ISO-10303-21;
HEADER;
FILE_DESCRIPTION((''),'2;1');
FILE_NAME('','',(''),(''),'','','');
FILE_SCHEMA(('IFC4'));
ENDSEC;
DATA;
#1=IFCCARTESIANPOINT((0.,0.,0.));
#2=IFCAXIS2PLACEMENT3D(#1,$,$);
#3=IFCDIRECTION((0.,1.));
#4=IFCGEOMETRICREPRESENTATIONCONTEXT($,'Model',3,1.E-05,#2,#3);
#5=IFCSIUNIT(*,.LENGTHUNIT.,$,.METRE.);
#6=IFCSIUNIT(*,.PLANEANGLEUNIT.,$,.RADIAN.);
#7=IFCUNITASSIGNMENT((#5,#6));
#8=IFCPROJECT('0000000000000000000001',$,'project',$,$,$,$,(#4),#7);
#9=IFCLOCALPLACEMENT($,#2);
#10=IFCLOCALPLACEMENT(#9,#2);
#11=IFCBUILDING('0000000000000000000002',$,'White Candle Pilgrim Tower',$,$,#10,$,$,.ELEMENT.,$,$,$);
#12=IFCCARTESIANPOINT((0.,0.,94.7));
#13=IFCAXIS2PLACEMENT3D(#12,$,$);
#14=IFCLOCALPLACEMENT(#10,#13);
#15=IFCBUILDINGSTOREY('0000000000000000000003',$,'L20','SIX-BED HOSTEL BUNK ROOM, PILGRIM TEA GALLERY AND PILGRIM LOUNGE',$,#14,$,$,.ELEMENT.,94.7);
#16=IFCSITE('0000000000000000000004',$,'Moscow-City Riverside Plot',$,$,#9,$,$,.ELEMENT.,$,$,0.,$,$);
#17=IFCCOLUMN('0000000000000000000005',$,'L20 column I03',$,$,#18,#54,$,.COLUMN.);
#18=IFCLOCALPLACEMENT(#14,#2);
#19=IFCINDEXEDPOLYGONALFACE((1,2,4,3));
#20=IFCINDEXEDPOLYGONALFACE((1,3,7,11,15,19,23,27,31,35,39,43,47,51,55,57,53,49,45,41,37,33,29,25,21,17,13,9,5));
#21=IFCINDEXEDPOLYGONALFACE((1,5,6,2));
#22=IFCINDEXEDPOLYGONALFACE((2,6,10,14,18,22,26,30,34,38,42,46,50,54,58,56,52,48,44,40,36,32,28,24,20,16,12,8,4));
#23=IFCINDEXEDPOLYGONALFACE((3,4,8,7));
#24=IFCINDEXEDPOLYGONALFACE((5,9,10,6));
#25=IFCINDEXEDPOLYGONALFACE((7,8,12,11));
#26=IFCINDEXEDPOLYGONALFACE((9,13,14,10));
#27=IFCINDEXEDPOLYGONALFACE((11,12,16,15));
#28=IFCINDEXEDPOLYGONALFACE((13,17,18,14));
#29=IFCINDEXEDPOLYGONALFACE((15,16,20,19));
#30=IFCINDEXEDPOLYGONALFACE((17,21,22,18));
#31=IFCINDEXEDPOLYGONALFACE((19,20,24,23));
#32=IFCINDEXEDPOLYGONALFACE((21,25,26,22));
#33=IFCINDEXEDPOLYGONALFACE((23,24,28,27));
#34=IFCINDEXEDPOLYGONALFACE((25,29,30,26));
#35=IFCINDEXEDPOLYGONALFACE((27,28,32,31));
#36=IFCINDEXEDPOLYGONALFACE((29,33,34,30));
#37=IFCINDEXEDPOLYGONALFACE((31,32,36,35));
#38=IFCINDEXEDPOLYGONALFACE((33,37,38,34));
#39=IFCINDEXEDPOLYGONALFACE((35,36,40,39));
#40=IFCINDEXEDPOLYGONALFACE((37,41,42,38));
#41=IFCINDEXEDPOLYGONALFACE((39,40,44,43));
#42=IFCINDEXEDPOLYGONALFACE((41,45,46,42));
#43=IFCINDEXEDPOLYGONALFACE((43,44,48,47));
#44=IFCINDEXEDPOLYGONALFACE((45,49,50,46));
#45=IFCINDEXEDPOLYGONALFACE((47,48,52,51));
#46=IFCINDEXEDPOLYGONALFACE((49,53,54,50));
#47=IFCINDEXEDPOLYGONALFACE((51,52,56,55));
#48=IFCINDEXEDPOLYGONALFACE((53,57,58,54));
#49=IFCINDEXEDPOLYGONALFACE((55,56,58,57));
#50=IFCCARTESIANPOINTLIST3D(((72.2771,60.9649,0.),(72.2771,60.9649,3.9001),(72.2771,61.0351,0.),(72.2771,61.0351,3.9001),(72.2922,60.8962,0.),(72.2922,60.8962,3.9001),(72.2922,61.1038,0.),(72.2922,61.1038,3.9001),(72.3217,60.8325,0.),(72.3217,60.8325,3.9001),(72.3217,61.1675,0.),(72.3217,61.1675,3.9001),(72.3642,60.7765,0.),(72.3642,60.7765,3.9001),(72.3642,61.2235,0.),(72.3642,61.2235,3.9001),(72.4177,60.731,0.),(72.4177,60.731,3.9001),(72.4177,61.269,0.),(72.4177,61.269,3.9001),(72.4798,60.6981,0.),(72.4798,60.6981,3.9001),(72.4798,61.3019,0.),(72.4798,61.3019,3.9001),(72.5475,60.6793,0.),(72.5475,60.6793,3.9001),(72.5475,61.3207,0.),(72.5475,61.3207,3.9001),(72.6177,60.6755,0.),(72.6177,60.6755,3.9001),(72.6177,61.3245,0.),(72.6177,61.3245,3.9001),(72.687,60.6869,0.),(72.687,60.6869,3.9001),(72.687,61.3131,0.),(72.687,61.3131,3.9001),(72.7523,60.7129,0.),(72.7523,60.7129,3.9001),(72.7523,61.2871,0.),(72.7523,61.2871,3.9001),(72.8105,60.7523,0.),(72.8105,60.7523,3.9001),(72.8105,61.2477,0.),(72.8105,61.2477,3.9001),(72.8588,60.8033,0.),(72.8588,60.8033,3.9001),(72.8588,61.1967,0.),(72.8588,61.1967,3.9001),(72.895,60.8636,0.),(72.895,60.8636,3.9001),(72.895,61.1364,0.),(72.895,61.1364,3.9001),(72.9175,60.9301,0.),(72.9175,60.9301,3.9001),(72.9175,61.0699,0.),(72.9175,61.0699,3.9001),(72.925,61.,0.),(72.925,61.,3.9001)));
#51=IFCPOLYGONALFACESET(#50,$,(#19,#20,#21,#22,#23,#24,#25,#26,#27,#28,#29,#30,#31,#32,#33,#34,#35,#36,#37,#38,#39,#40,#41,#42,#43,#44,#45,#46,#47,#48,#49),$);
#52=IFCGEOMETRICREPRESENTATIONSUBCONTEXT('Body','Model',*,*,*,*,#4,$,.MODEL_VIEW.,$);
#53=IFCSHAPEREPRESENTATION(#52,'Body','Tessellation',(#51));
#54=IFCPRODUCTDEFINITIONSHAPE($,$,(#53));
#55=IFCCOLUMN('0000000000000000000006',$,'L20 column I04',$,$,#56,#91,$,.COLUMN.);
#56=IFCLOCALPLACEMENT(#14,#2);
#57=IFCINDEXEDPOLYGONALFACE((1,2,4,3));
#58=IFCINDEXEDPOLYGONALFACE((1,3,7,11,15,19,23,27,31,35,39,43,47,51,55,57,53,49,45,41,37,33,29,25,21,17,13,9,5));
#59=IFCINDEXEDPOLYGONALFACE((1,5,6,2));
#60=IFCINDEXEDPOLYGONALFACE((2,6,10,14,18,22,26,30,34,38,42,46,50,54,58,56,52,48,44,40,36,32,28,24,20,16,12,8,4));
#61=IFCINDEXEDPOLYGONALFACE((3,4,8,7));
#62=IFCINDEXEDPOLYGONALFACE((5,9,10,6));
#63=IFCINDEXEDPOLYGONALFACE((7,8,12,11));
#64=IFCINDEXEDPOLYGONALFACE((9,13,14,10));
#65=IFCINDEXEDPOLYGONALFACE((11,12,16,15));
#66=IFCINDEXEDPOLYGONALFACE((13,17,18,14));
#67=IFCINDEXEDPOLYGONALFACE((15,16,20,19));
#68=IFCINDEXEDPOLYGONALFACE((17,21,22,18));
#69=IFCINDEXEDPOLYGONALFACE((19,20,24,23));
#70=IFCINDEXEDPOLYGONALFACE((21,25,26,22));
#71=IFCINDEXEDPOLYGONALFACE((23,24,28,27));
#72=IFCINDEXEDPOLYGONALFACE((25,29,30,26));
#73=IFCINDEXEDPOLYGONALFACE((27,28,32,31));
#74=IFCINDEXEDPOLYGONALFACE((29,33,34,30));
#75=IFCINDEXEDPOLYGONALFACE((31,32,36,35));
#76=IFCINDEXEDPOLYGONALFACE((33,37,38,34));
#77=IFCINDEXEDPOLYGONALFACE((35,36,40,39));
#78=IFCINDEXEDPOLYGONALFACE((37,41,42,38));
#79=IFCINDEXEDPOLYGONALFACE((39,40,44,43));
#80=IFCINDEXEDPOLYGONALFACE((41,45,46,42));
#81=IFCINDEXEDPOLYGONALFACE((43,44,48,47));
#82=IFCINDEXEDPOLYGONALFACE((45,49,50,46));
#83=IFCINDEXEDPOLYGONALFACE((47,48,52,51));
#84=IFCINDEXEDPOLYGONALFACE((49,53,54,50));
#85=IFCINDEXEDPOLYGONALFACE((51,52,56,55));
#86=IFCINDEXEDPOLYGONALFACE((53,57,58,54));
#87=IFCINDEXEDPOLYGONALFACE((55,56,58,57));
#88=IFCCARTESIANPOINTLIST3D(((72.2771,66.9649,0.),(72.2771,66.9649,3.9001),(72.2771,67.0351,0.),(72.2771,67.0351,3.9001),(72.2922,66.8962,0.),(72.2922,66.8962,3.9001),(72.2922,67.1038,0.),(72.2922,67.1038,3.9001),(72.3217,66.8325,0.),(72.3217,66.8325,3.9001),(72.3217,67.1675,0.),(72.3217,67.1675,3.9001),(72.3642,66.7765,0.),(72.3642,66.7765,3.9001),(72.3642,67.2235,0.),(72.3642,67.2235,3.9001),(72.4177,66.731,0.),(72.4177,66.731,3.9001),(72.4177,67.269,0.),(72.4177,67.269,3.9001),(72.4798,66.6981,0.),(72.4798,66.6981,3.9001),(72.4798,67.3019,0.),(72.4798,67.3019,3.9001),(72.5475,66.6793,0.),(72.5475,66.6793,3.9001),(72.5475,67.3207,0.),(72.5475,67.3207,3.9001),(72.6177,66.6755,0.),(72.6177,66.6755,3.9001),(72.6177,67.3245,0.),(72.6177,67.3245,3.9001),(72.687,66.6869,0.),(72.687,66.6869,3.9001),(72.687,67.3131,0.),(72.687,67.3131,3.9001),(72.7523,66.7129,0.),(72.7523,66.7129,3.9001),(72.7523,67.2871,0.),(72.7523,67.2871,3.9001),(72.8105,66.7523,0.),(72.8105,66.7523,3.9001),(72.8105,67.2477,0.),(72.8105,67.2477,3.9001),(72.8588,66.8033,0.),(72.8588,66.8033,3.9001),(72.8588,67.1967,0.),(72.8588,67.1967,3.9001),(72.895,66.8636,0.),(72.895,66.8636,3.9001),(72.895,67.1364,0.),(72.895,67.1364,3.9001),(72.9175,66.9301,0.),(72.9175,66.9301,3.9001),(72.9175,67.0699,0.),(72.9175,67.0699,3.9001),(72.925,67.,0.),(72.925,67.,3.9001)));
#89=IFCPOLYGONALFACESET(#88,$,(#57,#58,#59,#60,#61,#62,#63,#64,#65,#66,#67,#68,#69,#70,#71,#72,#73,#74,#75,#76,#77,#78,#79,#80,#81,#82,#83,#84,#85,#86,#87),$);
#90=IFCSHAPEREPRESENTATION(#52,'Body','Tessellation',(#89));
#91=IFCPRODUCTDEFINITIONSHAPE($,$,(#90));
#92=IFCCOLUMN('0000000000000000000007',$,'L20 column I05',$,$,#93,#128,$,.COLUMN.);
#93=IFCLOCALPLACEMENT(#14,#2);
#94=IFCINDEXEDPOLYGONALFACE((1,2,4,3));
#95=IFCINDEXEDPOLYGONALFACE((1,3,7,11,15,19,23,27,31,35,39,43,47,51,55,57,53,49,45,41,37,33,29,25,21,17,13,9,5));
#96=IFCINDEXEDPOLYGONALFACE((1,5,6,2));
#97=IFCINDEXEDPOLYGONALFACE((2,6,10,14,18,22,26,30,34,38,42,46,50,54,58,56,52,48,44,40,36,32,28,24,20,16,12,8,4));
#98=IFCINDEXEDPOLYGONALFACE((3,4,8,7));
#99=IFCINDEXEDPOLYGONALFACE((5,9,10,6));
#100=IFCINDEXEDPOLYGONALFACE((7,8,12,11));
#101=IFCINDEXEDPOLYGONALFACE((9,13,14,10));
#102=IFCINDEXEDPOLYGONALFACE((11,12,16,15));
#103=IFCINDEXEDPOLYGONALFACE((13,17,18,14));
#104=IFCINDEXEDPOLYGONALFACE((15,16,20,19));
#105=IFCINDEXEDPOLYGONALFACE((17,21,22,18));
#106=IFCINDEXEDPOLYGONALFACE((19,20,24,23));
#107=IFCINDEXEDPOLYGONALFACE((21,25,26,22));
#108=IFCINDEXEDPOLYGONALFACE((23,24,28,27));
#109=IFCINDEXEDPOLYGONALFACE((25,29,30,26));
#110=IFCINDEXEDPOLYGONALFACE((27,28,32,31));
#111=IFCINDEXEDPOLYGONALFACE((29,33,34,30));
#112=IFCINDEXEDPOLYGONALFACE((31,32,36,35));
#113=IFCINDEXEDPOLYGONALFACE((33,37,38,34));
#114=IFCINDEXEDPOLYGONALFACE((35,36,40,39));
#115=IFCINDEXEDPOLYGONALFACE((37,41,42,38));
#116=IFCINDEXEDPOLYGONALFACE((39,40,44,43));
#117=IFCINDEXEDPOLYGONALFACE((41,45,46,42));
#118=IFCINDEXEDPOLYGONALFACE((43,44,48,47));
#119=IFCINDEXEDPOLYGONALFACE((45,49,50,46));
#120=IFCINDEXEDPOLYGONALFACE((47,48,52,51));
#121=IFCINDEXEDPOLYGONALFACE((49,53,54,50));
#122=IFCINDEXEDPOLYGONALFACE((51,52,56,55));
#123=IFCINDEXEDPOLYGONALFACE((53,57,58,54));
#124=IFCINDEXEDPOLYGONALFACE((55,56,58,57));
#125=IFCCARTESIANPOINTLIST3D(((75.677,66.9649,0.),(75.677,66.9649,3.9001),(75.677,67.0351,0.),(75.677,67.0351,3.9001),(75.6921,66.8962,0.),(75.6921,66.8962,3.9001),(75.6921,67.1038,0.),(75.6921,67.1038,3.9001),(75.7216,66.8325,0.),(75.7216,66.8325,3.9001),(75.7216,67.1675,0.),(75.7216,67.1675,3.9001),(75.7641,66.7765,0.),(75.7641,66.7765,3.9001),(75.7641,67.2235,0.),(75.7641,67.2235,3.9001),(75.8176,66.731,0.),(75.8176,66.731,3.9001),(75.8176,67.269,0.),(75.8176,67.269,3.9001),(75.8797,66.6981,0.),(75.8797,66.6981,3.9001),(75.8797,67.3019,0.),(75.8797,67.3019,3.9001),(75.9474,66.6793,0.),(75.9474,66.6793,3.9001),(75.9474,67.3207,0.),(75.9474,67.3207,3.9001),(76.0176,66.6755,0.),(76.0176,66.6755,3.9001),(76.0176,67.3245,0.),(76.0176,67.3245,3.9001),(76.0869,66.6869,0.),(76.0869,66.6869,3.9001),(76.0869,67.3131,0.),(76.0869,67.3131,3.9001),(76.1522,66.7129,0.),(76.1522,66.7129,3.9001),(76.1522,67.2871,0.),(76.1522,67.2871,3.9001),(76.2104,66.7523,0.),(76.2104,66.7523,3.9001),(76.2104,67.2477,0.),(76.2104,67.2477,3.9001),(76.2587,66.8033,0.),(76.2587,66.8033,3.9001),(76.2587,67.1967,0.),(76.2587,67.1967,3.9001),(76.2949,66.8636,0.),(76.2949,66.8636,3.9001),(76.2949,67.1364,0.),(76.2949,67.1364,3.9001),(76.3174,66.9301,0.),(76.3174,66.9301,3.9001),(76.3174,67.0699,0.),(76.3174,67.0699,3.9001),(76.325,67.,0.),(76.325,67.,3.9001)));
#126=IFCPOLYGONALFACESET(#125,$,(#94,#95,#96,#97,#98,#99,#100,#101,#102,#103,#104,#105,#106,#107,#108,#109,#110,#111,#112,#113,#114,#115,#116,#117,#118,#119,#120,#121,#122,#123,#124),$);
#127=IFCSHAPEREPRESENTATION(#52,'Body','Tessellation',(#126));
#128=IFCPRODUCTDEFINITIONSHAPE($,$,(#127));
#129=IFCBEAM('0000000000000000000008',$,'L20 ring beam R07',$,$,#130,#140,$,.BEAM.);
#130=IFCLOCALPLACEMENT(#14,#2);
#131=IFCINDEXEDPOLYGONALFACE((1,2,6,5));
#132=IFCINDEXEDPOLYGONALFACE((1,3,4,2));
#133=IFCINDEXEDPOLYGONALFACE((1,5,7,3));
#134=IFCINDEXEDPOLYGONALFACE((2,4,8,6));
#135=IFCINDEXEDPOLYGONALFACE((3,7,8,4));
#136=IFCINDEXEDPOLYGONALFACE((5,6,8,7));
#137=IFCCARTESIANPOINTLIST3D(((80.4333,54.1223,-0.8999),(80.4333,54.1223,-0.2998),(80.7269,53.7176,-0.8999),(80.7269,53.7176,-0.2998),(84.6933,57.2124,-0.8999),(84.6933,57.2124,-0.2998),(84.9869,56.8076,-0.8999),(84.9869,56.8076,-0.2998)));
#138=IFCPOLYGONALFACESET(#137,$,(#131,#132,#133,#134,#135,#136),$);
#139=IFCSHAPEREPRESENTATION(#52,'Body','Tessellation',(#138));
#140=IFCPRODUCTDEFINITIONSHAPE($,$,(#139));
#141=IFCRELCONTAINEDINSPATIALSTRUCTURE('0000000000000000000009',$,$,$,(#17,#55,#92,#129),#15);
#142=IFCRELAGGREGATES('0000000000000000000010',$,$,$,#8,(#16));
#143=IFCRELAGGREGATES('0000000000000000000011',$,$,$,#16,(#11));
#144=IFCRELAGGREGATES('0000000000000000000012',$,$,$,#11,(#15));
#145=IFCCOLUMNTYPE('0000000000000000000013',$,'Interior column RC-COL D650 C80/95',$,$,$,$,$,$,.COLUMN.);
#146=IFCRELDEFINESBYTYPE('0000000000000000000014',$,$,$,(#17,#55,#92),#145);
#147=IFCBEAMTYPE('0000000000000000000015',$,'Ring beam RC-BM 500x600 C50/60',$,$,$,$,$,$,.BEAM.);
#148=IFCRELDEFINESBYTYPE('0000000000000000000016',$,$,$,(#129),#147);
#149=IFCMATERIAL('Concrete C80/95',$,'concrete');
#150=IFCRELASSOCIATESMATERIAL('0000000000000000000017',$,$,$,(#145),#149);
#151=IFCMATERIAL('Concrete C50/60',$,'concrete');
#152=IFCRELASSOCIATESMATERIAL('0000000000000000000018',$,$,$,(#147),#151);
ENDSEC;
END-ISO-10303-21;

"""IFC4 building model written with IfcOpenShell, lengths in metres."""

from ifc_helpers import new_model, si_unit, direction, frame, origin, origin_2d, place, context, subcontext, project, spatial, rectangle, circle, extrude, material, material_profile, profile_set, type_object, element, save


model = new_model("IFC4")

# Units and contexts
model_context = context("Model", 3, precision=1e-05, world=origin(), true_north=direction((0.0, 1.0)))
body_context = subcontext(model_context, "Body", "Model", "MODEL_VIEW")
ifc_project = project(units=[si_unit("LENGTHUNIT", "METRE"), si_unit("PLANEANGLEUNIT", "RADIAN")], contexts=[model_context])

# Site, building, storey
site_placement = place(None, origin())
site = spatial("IfcSite", under=ifc_project, at=site_placement, Name="Moscow-City Riverside Plot", CompositionType="ELEMENT", RefElevation=0.0)
building_placement = place(site_placement, origin())
building = spatial("IfcBuilding", under=site, at=building_placement, Name="White Candle Pilgrim Tower", CompositionType="ELEMENT")
storey_placement = place(building_placement, frame((0.0, 0.0, 94.7)))
storey = spatial("IfcBuildingStorey", under=building, at=storey_placement, Name="L20", Description="SIX-BED HOSTEL BUNK ROOM, PILGRIM TEA GALLERY AND PILGRIM LOUNGE", CompositionType="ELEMENT", Elevation=94.7)

# Columns
ifc_material_1 = material(Name="Concrete C80/95", Category="concrete")
ifc_material_profile_1 = material_profile(ifc_material_1, circle(Radius=0.325, at=origin_2d()), Name="RC-COL D650")
ifc_profile_set_1 = profile_set([ifc_material_profile_1], Name="Concrete C80/95")
column_type = type_object("IfcColumnType", Name="Interior column RC-COL D650 C80/95", PredefinedType="COLUMN", material=ifc_profile_set_1)
for number, where, z_axis, x_axis, name in (
    (1, (72.6001, 61.0, 0.0), (0.0, 0.0, 1.0), (1.0, 0.0, 0.0), "L20 column I03"),
    (2, (72.6001, 67.0, 0.0), (0.0, 0.0, 1.0), (1.0, 0.0, 0.0), "L20 column I04"),
    (3, (76.0, 67.0, 0.0), (0.0, 0.0, 1.0), (1.0, 0.0, 0.0), "L20 column I05"),
):
    element("IfcColumn", number, at=place(storey_placement, frame(where, z_axis=z_axis, x_axis=x_axis)), inside=storey, type_object=column_type, Name=name, PredefinedType="COLUMN", context=body_context, shape_type="SweptSolid", body=[
        extrude(circle(Radius=0.325, at=origin_2d()), origin(), (0.0, 0.0, 1.0), 3.9001),
    ])

# Beam
ifc_material_2 = material(Name="Concrete C50/60", Category="concrete")
ifc_material_profile_2 = material_profile(ifc_material_2, rectangle(XDim=0.5, YDim=0.6001, at=origin_2d()), Name="RC-BM 500x600")
ifc_profile_set_2 = profile_set([ifc_material_profile_2], Name="Concrete C50/60")
beam_type = type_object("IfcBeamType", Name="Ring beam RC-BM 500x600 C50/60", PredefinedType="BEAM", material=ifc_profile_set_2)
beam_placement = place(storey_placement, frame((80.5801, 53.9199, -0.5999), z_axis=(0.809468, 0.587164, 0.0), x_axis=(-0.587164, 0.809468, 0.0)))
element("IfcBeam", 4, at=beam_placement, inside=storey, type_object=beam_type, Name="L20 ring beam R07", PredefinedType="BEAM", context=body_context, shape_type="SweptSolid", body=[
    extrude(rectangle(XDim=0.5, YDim=0.6001, at=origin_2d()), origin(), (0.0, 0.0, 1.0), 5.2627),
])

save(model, "model.ifc")
